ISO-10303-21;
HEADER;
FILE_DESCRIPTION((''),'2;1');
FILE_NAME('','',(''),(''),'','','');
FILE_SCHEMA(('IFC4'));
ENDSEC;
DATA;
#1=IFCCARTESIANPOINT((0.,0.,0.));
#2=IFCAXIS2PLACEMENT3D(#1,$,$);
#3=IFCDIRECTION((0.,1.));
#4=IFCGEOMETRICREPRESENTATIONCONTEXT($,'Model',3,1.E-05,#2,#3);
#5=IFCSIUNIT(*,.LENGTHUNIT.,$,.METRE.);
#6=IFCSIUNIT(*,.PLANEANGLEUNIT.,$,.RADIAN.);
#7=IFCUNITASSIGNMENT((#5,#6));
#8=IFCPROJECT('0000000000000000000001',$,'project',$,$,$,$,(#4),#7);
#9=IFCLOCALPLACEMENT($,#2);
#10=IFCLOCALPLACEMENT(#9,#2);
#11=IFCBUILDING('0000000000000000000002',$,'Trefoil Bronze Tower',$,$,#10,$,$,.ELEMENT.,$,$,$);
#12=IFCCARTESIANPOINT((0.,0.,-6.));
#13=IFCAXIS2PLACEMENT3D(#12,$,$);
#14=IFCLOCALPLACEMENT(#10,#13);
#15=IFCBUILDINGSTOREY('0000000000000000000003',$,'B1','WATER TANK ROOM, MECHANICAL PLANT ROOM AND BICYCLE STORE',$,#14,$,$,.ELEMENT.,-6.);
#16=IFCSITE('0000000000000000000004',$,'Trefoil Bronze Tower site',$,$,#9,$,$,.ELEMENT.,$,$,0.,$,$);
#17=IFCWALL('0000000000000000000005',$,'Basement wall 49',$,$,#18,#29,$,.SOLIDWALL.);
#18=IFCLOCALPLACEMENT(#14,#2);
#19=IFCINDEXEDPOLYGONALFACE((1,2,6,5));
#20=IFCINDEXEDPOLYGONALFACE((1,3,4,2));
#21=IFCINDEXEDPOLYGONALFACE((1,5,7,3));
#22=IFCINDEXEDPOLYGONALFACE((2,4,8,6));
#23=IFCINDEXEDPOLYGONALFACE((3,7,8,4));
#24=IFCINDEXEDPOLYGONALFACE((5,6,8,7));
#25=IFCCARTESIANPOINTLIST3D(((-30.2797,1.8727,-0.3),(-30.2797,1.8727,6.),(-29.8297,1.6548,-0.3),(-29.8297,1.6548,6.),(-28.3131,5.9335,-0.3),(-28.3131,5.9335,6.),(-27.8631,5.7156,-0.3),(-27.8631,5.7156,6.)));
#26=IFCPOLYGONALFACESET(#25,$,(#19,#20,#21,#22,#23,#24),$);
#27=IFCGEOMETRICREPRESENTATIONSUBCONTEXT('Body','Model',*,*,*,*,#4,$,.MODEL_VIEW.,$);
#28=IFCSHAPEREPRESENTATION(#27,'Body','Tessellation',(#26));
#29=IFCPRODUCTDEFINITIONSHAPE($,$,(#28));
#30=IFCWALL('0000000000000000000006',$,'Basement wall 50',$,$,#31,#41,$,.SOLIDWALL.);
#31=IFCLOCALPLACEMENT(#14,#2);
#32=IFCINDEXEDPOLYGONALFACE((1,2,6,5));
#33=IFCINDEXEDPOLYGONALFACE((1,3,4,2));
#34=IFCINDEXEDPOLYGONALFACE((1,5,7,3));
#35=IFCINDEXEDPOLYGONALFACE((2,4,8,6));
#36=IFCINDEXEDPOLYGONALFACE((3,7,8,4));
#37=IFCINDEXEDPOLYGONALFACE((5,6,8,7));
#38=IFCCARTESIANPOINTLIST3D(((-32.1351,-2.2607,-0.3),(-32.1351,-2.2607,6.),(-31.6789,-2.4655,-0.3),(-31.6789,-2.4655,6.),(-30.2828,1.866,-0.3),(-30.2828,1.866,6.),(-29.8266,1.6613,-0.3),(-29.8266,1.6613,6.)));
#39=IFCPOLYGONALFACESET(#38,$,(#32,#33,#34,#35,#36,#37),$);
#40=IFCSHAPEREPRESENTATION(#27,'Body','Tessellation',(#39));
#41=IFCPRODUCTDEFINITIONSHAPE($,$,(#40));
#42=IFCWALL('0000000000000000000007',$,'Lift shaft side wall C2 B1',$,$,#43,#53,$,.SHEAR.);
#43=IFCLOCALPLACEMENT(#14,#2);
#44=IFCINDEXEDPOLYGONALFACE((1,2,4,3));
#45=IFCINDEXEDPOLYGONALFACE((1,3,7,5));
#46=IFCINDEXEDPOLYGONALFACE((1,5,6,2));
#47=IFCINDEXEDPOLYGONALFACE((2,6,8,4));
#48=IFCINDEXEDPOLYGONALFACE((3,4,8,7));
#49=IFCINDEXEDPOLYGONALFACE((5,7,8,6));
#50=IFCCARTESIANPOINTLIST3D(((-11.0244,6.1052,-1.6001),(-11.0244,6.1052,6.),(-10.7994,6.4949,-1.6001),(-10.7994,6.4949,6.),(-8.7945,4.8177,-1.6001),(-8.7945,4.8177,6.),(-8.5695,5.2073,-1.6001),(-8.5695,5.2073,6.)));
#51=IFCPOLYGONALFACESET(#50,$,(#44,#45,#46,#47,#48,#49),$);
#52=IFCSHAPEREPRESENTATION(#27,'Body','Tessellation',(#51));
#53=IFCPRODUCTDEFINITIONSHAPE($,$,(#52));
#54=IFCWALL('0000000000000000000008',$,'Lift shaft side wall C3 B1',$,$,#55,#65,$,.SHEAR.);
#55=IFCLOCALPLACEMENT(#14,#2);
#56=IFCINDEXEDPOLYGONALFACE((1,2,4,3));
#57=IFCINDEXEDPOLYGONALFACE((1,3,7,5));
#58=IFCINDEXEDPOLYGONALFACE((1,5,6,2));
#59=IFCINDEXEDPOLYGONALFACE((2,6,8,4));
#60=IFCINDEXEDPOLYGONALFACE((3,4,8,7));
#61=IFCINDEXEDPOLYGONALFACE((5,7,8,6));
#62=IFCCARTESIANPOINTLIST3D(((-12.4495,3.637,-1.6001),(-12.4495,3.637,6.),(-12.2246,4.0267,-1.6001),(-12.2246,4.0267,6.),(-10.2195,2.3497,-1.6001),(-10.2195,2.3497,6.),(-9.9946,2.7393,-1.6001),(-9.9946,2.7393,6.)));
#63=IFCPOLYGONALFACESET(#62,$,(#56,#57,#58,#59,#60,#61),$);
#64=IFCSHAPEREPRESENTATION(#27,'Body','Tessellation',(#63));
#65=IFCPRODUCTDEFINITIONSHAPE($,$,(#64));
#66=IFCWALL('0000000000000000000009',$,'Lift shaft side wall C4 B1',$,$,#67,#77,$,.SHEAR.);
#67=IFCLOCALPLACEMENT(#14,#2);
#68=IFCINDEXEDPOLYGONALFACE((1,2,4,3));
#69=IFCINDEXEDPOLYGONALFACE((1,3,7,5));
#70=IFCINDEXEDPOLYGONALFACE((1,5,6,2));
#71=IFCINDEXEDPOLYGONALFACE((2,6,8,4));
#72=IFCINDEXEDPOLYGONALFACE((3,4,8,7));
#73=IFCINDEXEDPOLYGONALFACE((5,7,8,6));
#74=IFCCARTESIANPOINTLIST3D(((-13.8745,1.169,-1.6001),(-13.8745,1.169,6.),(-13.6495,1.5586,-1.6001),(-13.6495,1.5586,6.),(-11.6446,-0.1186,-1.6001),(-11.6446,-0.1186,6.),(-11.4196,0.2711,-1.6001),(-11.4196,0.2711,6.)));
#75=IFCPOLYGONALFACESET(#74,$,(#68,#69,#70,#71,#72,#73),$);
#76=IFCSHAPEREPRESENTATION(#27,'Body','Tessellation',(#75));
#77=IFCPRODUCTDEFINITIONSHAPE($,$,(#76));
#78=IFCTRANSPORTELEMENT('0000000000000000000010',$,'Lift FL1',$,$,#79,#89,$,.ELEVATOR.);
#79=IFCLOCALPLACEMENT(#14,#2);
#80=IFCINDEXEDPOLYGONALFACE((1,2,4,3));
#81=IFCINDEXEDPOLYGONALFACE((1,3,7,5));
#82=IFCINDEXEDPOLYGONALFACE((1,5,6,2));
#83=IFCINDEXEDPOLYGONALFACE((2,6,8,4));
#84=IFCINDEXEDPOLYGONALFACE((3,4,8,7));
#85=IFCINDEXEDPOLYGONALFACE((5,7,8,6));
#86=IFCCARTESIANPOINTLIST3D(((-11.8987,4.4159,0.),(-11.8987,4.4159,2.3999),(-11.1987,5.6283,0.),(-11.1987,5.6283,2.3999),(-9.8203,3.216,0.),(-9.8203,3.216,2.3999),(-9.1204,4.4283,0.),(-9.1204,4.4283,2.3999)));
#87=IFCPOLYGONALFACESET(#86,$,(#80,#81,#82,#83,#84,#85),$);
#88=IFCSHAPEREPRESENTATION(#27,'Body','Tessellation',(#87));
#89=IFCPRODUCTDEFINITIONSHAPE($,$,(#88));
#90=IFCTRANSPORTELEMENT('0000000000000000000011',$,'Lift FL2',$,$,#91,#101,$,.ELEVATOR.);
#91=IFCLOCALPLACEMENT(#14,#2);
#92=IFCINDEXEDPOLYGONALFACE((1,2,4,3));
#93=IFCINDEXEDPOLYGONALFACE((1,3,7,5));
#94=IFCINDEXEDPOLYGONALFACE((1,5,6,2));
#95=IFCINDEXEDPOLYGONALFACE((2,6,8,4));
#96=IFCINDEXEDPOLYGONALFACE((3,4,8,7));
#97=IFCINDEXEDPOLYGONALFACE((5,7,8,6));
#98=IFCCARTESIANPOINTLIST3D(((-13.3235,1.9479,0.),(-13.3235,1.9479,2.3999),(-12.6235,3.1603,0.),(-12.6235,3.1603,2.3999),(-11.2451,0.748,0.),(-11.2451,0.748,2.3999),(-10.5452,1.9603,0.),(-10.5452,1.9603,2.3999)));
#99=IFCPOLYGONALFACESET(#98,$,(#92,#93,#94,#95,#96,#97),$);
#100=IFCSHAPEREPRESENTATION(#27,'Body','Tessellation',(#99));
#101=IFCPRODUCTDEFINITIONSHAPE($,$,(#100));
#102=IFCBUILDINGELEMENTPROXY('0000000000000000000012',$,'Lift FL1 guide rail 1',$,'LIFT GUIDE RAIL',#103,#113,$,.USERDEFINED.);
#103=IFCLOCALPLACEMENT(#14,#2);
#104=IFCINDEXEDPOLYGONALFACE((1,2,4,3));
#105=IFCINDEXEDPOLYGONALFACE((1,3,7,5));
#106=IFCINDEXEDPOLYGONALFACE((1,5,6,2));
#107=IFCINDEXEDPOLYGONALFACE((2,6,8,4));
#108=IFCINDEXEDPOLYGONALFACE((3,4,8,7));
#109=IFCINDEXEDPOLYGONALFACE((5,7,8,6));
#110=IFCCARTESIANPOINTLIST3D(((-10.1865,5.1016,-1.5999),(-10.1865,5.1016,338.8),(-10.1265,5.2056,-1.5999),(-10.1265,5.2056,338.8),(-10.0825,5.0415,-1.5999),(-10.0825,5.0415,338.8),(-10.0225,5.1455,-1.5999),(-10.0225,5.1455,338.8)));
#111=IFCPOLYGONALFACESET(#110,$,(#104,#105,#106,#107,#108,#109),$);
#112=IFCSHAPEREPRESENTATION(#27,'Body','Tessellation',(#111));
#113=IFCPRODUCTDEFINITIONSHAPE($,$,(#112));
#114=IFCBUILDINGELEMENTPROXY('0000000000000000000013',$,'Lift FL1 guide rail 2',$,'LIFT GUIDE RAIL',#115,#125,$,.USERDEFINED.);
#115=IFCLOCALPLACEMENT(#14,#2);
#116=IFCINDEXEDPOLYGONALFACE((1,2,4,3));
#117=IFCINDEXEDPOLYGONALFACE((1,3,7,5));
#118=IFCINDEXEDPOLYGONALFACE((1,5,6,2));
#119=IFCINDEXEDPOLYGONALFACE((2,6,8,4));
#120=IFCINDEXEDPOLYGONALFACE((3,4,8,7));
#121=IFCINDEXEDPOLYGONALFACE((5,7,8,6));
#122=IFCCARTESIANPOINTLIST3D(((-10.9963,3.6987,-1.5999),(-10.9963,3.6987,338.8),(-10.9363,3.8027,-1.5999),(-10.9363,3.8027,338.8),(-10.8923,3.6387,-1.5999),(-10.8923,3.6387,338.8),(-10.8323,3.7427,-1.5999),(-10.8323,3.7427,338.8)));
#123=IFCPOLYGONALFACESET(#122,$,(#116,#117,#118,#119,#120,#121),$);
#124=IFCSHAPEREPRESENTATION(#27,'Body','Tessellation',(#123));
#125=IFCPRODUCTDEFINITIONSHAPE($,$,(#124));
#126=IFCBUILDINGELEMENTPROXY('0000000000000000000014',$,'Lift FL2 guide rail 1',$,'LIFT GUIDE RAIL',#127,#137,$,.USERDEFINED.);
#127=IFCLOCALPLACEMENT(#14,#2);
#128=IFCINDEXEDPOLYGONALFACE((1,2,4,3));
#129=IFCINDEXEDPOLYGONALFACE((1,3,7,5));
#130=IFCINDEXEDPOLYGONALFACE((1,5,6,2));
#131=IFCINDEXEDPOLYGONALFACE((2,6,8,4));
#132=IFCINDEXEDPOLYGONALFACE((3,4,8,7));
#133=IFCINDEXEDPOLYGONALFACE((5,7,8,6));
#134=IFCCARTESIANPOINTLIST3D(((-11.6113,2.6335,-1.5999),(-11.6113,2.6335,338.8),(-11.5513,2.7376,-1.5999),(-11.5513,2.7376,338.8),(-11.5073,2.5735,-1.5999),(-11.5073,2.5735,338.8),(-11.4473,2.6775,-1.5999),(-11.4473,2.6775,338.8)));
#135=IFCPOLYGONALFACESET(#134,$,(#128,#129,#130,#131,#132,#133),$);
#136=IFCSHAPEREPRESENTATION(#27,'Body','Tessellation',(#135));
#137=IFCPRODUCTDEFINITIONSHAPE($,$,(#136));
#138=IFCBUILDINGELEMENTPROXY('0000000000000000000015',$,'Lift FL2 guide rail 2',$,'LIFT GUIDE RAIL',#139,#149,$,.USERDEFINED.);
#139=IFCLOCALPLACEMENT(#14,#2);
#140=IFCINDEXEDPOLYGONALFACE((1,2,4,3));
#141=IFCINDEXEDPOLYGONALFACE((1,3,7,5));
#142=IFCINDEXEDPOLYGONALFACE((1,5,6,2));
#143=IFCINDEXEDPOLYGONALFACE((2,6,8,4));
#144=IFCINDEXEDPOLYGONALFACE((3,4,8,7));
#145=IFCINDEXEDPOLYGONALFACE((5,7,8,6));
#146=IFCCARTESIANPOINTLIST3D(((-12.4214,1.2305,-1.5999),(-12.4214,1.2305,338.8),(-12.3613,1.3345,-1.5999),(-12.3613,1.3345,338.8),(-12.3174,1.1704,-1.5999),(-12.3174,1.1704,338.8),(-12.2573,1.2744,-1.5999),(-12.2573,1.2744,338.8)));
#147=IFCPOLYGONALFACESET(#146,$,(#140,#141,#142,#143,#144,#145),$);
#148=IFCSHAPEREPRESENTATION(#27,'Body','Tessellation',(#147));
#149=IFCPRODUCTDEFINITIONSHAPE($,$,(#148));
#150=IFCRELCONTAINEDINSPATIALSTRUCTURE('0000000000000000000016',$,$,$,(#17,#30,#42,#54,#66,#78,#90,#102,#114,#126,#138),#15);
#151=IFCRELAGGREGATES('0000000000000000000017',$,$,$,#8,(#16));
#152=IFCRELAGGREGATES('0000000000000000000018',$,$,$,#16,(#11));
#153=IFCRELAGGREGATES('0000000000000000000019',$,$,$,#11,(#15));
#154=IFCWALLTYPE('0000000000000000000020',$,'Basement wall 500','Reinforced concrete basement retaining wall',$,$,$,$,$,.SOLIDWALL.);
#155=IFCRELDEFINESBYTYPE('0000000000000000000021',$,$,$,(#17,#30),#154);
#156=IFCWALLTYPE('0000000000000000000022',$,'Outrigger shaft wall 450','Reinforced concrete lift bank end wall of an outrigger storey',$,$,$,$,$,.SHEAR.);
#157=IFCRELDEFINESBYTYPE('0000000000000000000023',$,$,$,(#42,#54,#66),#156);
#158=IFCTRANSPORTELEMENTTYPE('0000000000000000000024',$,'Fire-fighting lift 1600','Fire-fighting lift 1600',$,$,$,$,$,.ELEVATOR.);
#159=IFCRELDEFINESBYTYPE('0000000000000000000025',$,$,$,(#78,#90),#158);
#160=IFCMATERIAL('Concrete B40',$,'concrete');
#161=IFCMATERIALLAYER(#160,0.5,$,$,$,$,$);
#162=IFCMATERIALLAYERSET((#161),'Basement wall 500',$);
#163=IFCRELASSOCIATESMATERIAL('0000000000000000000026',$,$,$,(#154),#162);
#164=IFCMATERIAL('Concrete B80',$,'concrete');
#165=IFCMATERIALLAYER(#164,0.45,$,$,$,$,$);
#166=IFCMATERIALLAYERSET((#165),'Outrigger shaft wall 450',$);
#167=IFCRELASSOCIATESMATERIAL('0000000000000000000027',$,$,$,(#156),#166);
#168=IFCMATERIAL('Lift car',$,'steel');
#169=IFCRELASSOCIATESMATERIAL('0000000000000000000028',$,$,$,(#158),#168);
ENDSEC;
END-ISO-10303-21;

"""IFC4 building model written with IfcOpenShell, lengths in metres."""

from ifc_helpers import new_model, si_unit, direction, frame, frame_2d, origin, origin_2d, place, context, subcontext, project, spatial, rectangle, extrude, material, layer, layer_set, type_object, element, save


model = new_model("IFC4")

# Units and contexts
model_context = context("Model", 3, precision=1e-05, world=origin(), true_north=direction((0.0, 1.0)))
body_context = subcontext(model_context, "Body", "Model", "MODEL_VIEW")
ifc_project = project(units=[si_unit("LENGTHUNIT", "METRE"), si_unit("PLANEANGLEUNIT", "RADIAN")], contexts=[model_context])

# Site, building, storey
site_placement = place(None, origin())
site = spatial("IfcSite", under=ifc_project, at=site_placement, Name="Trefoil Bronze Tower site", CompositionType="ELEMENT", RefElevation=0.0)
building_placement = place(site_placement, origin())
building = spatial("IfcBuilding", under=site, at=building_placement, Name="Trefoil Bronze Tower", CompositionType="ELEMENT")
storey_placement = place(building_placement, frame((0.0, 0.0, -6.0)))
storey = spatial("IfcBuildingStorey", under=building, at=storey_placement, Name="B1", Description="WATER TANK ROOM, MECHANICAL PLANT ROOM AND BICYCLE STORE", CompositionType="ELEMENT", Elevation=-6.0)

# Walls
ifc_material_1 = material(Name="Concrete B40", Category="concrete")
ifc_layer_1 = layer(ifc_material_1, 0.5)
ifc_layer_set_1 = layer_set([ifc_layer_1], Name="Basement wall 500")
wall_type_1 = type_object("IfcWallType", Name="Basement wall 500", Description="Reinforced concrete basement retaining wall", PredefinedType="SOLIDWALL", material=ifc_layer_set_1)
wall_1_placement = place(storey_placement, frame((-28.0881, 5.8245, -0.3), z_axis=(0.0, 0.0, 1.0), x_axis=(-0.435858, -0.900015, 0.0)))
element("IfcWall", 1, at=wall_1_placement, inside=storey, type_object=wall_type_1, Name="Basement wall 49", PredefinedType="SOLIDWALL", context=body_context, shape_type="SweptSolid", body=[
    extrude(rectangle(XDim=4.512, YDim=0.5, at=frame_2d((2.2559, 0.0))), origin(), (0.0, 0.0, 1.0), 6.3),
])
wall_2_placement = place(storey_placement, frame((-30.0547, 1.7637, -0.3), z_axis=(0.0, 0.0, 1.0), x_axis=(-0.409496, -0.912312, 0.0)))
element("IfcWall", 2, at=wall_2_placement, inside=storey, type_object=wall_type_1, Name="Basement wall 50", PredefinedType="SOLIDWALL", context=body_context, shape_type="SweptSolid", body=[
    extrude(rectangle(XDim=4.5234, YDim=0.5, at=frame_2d((2.2617, 0.0))), origin(), (0.0, 0.0, 1.0), 6.3),
])
ifc_material_2 = material(Name="Concrete B80", Category="concrete")
ifc_layer_2 = layer(ifc_material_2, 0.45)
ifc_layer_set_2 = layer_set([ifc_layer_2], Name="Outrigger shaft wall 450")
wall_type_2 = type_object("IfcWallType", Name="Outrigger shaft wall 450", Description="Reinforced concrete lift bank end wall of an outrigger storey", PredefinedType="SHEAR", material=ifc_layer_set_2)
for number, where, z_axis, x_axis, name in (
    (3, (-8.6819, 5.0125, -1.6001), (0.0, 0.0, 1.0), (-0.866006, 0.500034, 0.0), "Lift shaft side wall C2 B1"),
    (4, (-10.1069, 2.5444, -1.6001), (0.0, 0.0, 1.0), (-0.866047, 0.499963, 0.0), "Lift shaft side wall C3 B1"),
    (5, (-11.532, 0.0762, -1.6001), (0.0, 0.0, 1.0), (-0.866006, 0.500034, 0.0), "Lift shaft side wall C4 B1"),
):
    element("IfcWall", number, at=place(storey_placement, frame(where, z_axis=z_axis, x_axis=x_axis)), inside=storey, type_object=wall_type_2, Name=name, PredefinedType="SHEAR", context=body_context, shape_type="SweptSolid", body=[
        extrude(rectangle(XDim=2.575, YDim=0.45, at=frame_2d((1.2876, 0.0))), origin(), (0.0, 0.0, 1.0), 7.6001),
    ])

# Transport elements
ifc_material_3 = material(Name="Lift car", Category="steel")
transport_element_type = type_object("IfcTransportElementType", Name="Fire-fighting lift 1600", Description="Fire-fighting lift 1600", PredefinedType="ELEVATOR", material=ifc_material_3)
for number, where, z_axis, x_axis, name in (
    (6, (-10.5095, 4.4221, 0.0), (0.0, 0.0, 1.0), (-0.5, -0.866025, 0.0), "Lift FL1"),
    (7, (-11.9343, 1.9541, 0.0), (0.0, 0.0, 1.0), (-0.5, -0.866025, 0.0), "Lift FL2"),
):
    element("IfcTransportElement", number, at=place(storey_placement, frame(where, z_axis=z_axis, x_axis=x_axis)), inside=storey, type_object=transport_element_type, Name=name, PredefinedType="ELEVATOR", context=body_context, shape_type="SweptSolid", body=[
        extrude(rectangle(XDim=1.3999, YDim=2.3999, at=origin_2d()), origin(), (0.0, 0.0, 1.0), 2.3999),
    ])

# Building element proxies
for number, where, z_axis, x_axis, name in (
    (8, (-10.1045, 5.1235, -1.5999), (0.0, 0.0, 1.0), (-0.5, -0.866025, 0.0), "Lift FL1 guide rail 1"),
    (9, (-10.9143, 3.7207, -1.5999), (0.0, 0.0, 1.0), (-0.5, -0.866025, 0.0), "Lift FL1 guide rail 2"),
    (10, (-11.5293, 2.6555, -1.5999), (0.0, 0.0, 1.0), (-0.5, -0.866025, 0.0), "Lift FL2 guide rail 1"),
    (11, (-12.3394, 1.2524, -1.5999), (0.0, 0.0, 1.0), (-0.5, -0.866025, 0.0), "Lift FL2 guide rail 2"),
):
    element("IfcBuildingElementProxy", number, at=place(storey_placement, frame(where, z_axis=z_axis, x_axis=x_axis)), inside=storey, Name=name, ObjectType="LIFT GUIDE RAIL", PredefinedType="USERDEFINED", context=body_context, shape_type="SweptSolid", body=[
        extrude(rectangle(XDim=0.1201, YDim=0.1201, at=origin_2d()), origin(), (0.0, 0.0, 1.0), 340.3999),
    ])

save(model, "model.ifc")
